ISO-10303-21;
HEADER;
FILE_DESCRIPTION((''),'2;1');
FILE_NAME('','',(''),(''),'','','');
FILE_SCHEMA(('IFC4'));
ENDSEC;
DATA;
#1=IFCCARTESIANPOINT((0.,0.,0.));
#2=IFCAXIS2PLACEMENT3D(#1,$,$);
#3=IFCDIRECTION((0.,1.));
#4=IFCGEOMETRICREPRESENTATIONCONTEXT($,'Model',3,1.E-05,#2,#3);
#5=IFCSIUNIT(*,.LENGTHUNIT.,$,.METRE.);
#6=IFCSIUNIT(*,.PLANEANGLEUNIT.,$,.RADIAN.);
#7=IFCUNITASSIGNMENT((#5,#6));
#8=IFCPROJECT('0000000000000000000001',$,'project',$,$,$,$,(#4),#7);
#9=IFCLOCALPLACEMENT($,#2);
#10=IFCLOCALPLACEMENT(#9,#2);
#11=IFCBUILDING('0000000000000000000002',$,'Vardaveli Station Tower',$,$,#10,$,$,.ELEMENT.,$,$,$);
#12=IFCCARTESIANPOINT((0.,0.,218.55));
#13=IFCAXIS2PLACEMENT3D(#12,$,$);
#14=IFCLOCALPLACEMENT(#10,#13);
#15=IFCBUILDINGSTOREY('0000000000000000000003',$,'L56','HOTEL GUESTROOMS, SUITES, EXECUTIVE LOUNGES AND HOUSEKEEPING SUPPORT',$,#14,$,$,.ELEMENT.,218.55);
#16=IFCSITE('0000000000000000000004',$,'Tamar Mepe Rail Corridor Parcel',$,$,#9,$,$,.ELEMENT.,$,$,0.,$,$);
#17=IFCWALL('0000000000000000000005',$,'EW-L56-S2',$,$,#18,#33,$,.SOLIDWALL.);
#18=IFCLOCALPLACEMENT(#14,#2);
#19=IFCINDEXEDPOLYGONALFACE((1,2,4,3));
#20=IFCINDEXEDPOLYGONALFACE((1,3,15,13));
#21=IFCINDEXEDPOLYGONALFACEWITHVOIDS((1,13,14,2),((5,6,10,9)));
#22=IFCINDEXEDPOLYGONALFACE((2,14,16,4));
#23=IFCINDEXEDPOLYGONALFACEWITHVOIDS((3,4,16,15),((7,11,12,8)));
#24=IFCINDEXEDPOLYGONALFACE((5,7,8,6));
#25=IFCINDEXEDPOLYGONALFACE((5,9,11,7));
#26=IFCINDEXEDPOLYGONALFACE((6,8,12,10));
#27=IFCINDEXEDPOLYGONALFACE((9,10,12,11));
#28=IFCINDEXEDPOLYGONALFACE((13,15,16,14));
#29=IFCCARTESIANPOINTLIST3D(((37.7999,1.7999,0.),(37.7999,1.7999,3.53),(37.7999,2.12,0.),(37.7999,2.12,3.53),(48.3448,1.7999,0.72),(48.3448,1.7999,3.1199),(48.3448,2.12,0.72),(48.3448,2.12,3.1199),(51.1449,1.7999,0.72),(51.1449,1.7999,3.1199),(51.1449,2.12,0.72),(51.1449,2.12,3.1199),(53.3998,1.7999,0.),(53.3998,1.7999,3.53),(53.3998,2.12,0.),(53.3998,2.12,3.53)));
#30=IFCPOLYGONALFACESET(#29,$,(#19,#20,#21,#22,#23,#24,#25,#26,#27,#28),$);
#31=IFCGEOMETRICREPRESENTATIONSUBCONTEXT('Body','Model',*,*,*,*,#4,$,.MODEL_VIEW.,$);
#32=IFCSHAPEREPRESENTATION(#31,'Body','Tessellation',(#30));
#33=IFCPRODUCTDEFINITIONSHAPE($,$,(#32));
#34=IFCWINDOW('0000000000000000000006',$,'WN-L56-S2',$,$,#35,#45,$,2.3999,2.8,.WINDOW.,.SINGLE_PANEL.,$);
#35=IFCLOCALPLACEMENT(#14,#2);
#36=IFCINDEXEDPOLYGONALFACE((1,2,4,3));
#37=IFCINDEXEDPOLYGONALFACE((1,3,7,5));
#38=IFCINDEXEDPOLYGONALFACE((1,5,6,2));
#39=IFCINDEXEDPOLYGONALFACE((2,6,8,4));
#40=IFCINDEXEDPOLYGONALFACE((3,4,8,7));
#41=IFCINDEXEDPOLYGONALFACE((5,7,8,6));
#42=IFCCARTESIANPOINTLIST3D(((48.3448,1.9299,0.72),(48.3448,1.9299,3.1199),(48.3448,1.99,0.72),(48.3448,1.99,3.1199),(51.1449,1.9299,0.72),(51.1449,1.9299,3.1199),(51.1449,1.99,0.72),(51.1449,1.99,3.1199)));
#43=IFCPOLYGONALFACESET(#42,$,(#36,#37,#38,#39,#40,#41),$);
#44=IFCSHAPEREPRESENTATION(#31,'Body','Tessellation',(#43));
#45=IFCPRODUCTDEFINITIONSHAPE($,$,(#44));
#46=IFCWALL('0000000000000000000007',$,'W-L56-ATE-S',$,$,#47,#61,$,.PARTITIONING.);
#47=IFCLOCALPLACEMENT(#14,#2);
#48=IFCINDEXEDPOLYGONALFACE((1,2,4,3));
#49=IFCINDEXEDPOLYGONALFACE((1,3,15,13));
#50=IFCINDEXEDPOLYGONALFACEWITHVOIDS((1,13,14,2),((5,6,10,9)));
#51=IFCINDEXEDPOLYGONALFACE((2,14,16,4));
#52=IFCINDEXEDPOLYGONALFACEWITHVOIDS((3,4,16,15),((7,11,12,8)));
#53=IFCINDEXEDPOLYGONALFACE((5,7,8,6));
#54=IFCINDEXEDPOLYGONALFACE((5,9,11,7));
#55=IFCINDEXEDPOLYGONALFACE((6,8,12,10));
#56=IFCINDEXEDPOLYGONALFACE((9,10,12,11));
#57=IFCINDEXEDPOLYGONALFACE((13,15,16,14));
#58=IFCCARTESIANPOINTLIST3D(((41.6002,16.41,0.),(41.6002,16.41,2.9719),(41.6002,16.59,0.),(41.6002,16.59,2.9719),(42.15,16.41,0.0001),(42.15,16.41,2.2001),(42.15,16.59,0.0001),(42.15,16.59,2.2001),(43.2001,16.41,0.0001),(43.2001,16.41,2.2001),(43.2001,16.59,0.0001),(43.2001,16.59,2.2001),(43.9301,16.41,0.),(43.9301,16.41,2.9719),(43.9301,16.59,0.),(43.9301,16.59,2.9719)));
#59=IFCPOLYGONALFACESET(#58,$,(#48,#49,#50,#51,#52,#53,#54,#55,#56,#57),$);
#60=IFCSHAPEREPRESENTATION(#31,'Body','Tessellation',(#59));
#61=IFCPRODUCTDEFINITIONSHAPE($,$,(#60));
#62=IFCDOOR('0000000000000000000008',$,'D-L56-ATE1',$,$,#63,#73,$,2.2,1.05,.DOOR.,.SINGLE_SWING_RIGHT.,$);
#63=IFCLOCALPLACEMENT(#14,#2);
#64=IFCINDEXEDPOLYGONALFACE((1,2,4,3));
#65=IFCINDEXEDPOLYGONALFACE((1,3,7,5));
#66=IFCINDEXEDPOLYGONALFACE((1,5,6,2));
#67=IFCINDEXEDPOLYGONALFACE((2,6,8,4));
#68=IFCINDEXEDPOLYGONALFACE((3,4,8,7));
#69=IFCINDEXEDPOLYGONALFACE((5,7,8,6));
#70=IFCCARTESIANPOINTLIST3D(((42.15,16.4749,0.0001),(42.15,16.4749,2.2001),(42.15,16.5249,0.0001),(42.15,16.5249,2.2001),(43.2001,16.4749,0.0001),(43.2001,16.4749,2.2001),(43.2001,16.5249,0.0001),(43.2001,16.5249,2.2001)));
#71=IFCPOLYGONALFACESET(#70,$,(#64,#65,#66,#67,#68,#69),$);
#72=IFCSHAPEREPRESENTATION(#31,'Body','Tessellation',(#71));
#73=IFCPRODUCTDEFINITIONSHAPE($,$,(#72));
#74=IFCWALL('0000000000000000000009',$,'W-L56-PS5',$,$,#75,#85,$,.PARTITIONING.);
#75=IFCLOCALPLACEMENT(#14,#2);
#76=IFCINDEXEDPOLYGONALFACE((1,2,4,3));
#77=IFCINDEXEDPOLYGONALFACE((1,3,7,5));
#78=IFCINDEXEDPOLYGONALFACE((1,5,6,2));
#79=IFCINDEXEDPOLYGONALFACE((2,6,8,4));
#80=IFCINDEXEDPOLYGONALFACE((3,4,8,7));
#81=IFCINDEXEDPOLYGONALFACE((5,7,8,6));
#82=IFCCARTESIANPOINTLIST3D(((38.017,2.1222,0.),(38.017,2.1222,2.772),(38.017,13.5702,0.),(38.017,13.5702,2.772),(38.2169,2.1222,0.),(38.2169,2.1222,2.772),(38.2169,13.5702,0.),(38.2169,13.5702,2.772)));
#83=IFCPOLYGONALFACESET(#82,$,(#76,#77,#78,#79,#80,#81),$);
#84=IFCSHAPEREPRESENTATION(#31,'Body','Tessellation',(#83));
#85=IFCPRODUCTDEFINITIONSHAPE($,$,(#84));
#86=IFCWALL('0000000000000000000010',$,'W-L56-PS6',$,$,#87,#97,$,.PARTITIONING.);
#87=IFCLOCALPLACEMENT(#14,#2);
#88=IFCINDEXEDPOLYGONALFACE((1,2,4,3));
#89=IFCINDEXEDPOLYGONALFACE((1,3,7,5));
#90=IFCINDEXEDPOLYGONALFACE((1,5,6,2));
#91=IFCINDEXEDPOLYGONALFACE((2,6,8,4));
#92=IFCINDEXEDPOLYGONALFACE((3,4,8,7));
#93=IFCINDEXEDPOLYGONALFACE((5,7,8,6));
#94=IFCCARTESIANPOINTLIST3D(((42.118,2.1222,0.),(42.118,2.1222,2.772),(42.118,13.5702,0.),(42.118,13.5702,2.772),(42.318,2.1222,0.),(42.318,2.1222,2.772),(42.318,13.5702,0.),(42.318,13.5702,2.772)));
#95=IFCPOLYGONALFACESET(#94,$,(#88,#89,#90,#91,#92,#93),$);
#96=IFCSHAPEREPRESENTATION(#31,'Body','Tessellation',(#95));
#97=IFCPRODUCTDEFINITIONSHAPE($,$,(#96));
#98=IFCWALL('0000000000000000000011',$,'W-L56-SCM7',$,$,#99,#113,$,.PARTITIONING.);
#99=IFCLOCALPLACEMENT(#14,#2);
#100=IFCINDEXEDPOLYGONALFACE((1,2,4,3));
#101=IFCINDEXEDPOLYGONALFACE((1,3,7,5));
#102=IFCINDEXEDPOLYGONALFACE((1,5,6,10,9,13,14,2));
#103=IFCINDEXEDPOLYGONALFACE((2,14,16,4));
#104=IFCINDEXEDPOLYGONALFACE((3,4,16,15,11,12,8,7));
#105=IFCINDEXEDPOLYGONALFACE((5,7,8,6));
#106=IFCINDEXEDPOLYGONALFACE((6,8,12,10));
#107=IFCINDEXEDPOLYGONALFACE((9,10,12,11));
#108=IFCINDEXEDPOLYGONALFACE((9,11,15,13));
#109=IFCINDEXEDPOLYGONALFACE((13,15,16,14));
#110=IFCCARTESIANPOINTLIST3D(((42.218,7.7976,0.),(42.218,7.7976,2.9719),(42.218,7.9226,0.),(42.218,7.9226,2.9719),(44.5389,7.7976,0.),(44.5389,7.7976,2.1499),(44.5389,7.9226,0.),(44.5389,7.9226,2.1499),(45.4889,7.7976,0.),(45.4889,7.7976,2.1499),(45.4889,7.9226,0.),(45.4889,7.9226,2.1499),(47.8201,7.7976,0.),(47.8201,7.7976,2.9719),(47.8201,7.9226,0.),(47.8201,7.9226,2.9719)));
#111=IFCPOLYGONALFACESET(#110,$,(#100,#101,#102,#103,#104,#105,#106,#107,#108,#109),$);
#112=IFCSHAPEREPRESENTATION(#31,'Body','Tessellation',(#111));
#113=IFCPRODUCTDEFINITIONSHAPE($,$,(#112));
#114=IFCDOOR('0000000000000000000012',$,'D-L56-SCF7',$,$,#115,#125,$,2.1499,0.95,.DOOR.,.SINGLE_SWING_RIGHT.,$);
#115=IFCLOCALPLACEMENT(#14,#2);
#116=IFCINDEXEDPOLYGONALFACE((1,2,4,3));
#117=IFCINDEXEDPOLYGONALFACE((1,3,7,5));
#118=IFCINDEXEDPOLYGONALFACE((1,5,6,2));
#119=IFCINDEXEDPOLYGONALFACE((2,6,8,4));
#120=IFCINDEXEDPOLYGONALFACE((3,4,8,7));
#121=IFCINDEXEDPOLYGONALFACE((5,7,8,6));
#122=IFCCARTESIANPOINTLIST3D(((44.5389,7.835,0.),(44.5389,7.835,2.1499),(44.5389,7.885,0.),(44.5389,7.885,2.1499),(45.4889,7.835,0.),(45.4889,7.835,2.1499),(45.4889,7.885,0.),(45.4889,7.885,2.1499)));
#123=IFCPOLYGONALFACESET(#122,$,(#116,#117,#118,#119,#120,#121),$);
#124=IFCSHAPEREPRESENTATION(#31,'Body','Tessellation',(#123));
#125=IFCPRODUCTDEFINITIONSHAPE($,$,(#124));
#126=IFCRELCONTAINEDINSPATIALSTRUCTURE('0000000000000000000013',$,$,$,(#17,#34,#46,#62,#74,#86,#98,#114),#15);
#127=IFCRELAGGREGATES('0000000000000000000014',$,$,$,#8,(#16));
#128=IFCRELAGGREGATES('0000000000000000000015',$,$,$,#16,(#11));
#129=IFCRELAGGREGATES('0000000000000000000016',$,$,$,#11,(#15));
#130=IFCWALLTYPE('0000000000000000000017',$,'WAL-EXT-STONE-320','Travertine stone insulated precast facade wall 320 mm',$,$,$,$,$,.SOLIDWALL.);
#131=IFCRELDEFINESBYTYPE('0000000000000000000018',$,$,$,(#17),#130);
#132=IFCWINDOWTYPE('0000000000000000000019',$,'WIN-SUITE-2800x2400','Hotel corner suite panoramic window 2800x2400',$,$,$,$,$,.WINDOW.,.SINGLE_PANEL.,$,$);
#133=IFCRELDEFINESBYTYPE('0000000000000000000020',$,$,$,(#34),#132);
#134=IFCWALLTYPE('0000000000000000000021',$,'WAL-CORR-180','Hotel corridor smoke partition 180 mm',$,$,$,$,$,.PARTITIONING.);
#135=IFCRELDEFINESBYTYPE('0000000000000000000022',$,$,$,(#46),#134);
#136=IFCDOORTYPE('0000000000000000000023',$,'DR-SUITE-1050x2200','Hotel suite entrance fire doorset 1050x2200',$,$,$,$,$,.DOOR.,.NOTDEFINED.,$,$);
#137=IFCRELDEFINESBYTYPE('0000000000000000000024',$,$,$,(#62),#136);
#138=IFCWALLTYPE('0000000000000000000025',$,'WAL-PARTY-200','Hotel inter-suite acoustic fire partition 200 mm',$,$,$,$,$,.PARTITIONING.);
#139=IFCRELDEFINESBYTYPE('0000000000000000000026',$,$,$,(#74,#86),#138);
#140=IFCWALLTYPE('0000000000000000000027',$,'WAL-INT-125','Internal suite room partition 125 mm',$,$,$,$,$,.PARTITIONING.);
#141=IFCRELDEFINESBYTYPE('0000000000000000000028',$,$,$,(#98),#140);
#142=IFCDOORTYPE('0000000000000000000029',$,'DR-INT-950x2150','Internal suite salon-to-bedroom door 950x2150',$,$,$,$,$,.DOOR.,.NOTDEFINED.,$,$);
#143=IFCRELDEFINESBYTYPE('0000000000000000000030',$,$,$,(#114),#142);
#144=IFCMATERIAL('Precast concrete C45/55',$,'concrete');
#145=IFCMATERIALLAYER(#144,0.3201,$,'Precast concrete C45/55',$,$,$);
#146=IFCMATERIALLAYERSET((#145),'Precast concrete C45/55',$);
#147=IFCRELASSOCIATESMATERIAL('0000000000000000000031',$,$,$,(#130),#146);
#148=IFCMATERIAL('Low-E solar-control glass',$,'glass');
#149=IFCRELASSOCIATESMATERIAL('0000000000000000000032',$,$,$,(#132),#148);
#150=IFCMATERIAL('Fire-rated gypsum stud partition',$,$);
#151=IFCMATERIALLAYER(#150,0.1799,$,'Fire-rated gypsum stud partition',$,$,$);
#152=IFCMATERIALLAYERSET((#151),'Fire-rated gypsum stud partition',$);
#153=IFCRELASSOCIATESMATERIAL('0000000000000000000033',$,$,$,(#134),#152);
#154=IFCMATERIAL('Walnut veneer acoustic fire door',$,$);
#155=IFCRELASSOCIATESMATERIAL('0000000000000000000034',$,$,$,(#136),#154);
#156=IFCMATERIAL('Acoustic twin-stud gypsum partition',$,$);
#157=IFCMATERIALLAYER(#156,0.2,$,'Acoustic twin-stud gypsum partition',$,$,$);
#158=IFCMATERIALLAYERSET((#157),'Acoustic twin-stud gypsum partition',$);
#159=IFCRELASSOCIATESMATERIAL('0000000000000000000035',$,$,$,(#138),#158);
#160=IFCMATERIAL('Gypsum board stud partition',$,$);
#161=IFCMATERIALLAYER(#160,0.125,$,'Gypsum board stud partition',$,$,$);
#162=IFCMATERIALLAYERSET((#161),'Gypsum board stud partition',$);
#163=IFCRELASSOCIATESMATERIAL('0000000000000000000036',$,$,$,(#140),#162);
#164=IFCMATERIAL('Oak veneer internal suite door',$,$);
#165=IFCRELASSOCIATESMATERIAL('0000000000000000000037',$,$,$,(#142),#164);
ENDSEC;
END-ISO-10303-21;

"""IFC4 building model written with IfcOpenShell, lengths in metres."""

from ifc_helpers import new_model, si_unit, direction, frame, frame_2d, origin, place, context, subcontext, project, spatial, rectangle, extrude, source, transform, mapped, material, layer, layer_set, type_object, element, fill, save


model = new_model("IFC4")

# Units and contexts
model_context = context("Model", 3, precision=1e-05, world=origin(), true_north=direction((0.0, 1.0)))
body_context = subcontext(model_context, "Body", "Model", "MODEL_VIEW")
ifc_project = project(units=[si_unit("LENGTHUNIT", "METRE"), si_unit("PLANEANGLEUNIT", "RADIAN")], contexts=[model_context])

# Site, building, storey
site_placement = place(None, origin())
site = spatial("IfcSite", under=ifc_project, at=site_placement, Name="Tamar Mepe Rail Corridor Parcel", CompositionType="ELEMENT", RefElevation=0.0)
building_placement = place(site_placement, origin())
building = spatial("IfcBuilding", under=site, at=building_placement, Name="Vardaveli Station Tower", CompositionType="ELEMENT")
storey_placement = place(building_placement, frame((0.0, 0.0, 218.55)))
storey = spatial("IfcBuildingStorey", under=building, at=storey_placement, Name="L56", Description="HOTEL GUESTROOMS, SUITES, EXECUTIVE LOUNGES AND HOUSEKEEPING SUPPORT", CompositionType="ELEMENT", Elevation=218.55)

# Shared definitions
ifc_material_1 = material(Name="Precast concrete C45/55", Category="concrete")

# Wall, opening, window
ifc_layer_1 = layer(ifc_material_1, 0.3201, Name="Precast concrete C45/55")
ifc_layer_set_1 = layer_set([ifc_layer_1], Name="Precast concrete C45/55")
wall_type_1 = type_object("IfcWallType", Name="WAL-EXT-STONE-320", Description="Travertine stone insulated precast facade wall 320 mm", PredefinedType="SOLIDWALL", material=ifc_layer_set_1)
shared_shape_1 = source(origin(), body_context, "Body", "SweptSolid", [
    extrude(rectangle(XDim=15.5999, YDim=0.3201, at=frame_2d((7.7998, 0.0))), origin(), (0.0, 0.0, 1.0), 3.53),
])
wall_1_placement = place(storey_placement, frame((37.8, 1.96, 0.0), z_axis=(0.0, 0.0, 1.0), x_axis=(1.0, 0.0, 0.0)))
wall_1 = element("IfcWall", 1, at=wall_1_placement, inside=storey, type_object=wall_type_1, Name="EW-L56-S2", PredefinedType="SOLIDWALL", context=body_context, shape_type="MappedRepresentation", body=[
    mapped(shared_shape_1, transform((0.0, 0.0, 0.0), scale=1.0)),
])
shared_shape_2 = source(origin(), body_context, "Body", "SweptSolid", [
    extrude(rectangle(XDim=2.8, YDim=2.3999, at=frame_2d((1.3999, 1.2))), frame((0.0, 0.1699, 0.0), z_axis=(0.0, -1.0, 0.0), x_axis=(1.0, 0.0, 0.0)), (0.0, 0.0, 1.0), 0.3401),
])
opening_1_placement = place(wall_1_placement, frame((10.5449, 0.0, 0.72)))
opening_1 = element("IfcOpeningElement", 2, at=opening_1_placement, cuts=wall_1, PredefinedType="OPENING", context=body_context, shape_type="MappedRepresentation", body=[
    mapped(shared_shape_2, transform((0.0, 0.0, 0.0), scale=1.0)),
])
ifc_material_2 = material(Name="Low-E solar-control glass", Category="glass")
window_type = type_object("IfcWindowType", Name="WIN-SUITE-2800x2400", Description="Hotel corner suite panoramic window 2800x2400", PartitioningType="SINGLE_PANEL", PredefinedType="WINDOW", material=ifc_material_2)
shared_shape_3 = source(origin(), body_context, "Body", "SweptSolid", [
    extrude(rectangle(XDim=2.8, YDim=2.3999, at=frame_2d((1.3999, 1.2))), frame((0.0, 0.03, 0.0), z_axis=(0.0, -1.0, 0.0), x_axis=(1.0, 0.0, 0.0)), (0.0, 0.0, 1.0), 0.0601),
])
window_placement = place(opening_1_placement, origin())
window = element("IfcWindow", 3, at=window_placement, inside=storey, type_object=window_type, Name="WN-L56-S2", OverallHeight=2.3999, OverallWidth=2.8, PartitioningType="SINGLE_PANEL", PredefinedType="WINDOW", context=body_context, shape_type="MappedRepresentation", body=[
    mapped(shared_shape_3, transform((0.0, 0.0, 0.0), scale=1.0)),
])
fill(opening_1, window)

# Wall, opening, door
ifc_material_3 = material(Name="Fire-rated gypsum stud partition")
ifc_layer_2 = layer(ifc_material_3, 0.1799, Name="Fire-rated gypsum stud partition")
ifc_layer_set_2 = layer_set([ifc_layer_2], Name="Fire-rated gypsum stud partition")
wall_type_2 = type_object("IfcWallType", Name="WAL-CORR-180", Description="Hotel corridor smoke partition 180 mm", PredefinedType="PARTITIONING", material=ifc_layer_set_2)
shared_shape_4 = source(origin(), body_context, "Body", "SweptSolid", [
    extrude(rectangle(XDim=2.3298, YDim=0.1799, at=frame_2d((1.165, 0.0))), origin(), (0.0, 0.0, 1.0), 2.9719),
])
wall_2_placement = place(storey_placement, frame((41.6001, 16.5, 0.0), z_axis=(0.0, 0.0, 1.0), x_axis=(1.0, 0.0, 0.0)))
wall_2 = element("IfcWall", 4, at=wall_2_placement, inside=storey, type_object=wall_type_2, Name="W-L56-ATE-S", PredefinedType="PARTITIONING", context=body_context, shape_type="MappedRepresentation", body=[
    mapped(shared_shape_4, transform((0.0, 0.0, 0.0), scale=1.0)),
])
shared_shape_5 = source(origin(), body_context, "Body", "SweptSolid", [
    extrude(rectangle(XDim=1.05, YDim=2.2, at=frame_2d((0.5249, 1.1001))), frame((0.0, 0.1001, 0.0), z_axis=(0.0, -1.0, 0.0), x_axis=(1.0, 0.0, 0.0)), (0.0, 0.0, 1.0), 0.2),
])
opening_2_placement = place(wall_2_placement, frame((0.55, 0.0, 0.0)))
opening_2 = element("IfcOpeningElement", 5, at=opening_2_placement, cuts=wall_2, PredefinedType="OPENING", context=body_context, shape_type="MappedRepresentation", body=[
    mapped(shared_shape_5, transform((0.0, 0.0, 0.0), scale=1.0)),
])
ifc_material_4 = material(Name="Walnut veneer acoustic fire door")
door_type_1 = type_object("IfcDoorType", Name="DR-SUITE-1050x2200", Description="Hotel suite entrance fire doorset 1050x2200", OperationType="NOTDEFINED", PredefinedType="DOOR", material=ifc_material_4)
shared_shape_6 = source(origin(), body_context, "Body", "SweptSolid", [
    extrude(rectangle(XDim=1.05, YDim=2.2, at=frame_2d((0.5249, 1.1001))), frame((0.0, 0.0249, 0.0), z_axis=(0.0, -1.0, 0.0), x_axis=(1.0, 0.0, 0.0)), (0.0, 0.0, 1.0), 0.05),
])
door_1_placement = place(opening_2_placement, origin())
door_1 = element("IfcDoor", 6, at=door_1_placement, inside=storey, type_object=door_type_1, Name="D-L56-ATE1", OperationType="SINGLE_SWING_RIGHT", OverallHeight=2.2, OverallWidth=1.05, PredefinedType="DOOR", context=body_context, shape_type="MappedRepresentation", body=[
    mapped(shared_shape_6, transform((0.0, 0.0, 0.0), scale=1.0)),
])
fill(opening_2, door_1)

# Walls
ifc_material_5 = material(Name="Acoustic twin-stud gypsum partition")
ifc_layer_3 = layer(ifc_material_5, 0.2, Name="Acoustic twin-stud gypsum partition")
ifc_layer_set_3 = layer_set([ifc_layer_3], Name="Acoustic twin-stud gypsum partition")
wall_type_3 = type_object("IfcWallType", Name="WAL-PARTY-200", Description="Hotel inter-suite acoustic fire partition 200 mm", PredefinedType="PARTITIONING", material=ifc_layer_set_3)
shared_shape_7 = source(origin(), body_context, "Body", "SweptSolid", [
    extrude(rectangle(XDim=11.448, YDim=0.2, at=frame_2d((5.7241, 0.0))), origin(), (0.0, 0.0, 1.0), 2.772),
])
for number, where, z_axis, x_axis, name in (
    (7, (38.1169, 2.1221, 0.0), (0.0, 0.0, 1.0), (0.0, 1.0, 0.0), "W-L56-PS5"),
    (8, (42.218, 2.1221, 0.0), (0.0, 0.0, 1.0), (0.0, 1.0, 0.0), "W-L56-PS6"),
):
    element("IfcWall", number, at=place(storey_placement, frame(where, z_axis=z_axis, x_axis=x_axis)), inside=storey, type_object=wall_type_3, Name=name, PredefinedType="PARTITIONING", context=body_context, shape_type="MappedRepresentation", body=[
        mapped(shared_shape_7, transform((0.0, 0.0, 0.0), scale=1.0)),
    ])

# Wall, opening, door
ifc_material_6 = material(Name="Gypsum board stud partition")
ifc_layer_4 = layer(ifc_material_6, 0.125, Name="Gypsum board stud partition")
ifc_layer_set_4 = layer_set([ifc_layer_4], Name="Gypsum board stud partition")
wall_type_4 = type_object("IfcWallType", Name="WAL-INT-125", Description="Internal suite room partition 125 mm", PredefinedType="PARTITIONING", material=ifc_layer_set_4)
shared_shape_8 = source(origin(), body_context, "Body", "SweptSolid", [
    extrude(rectangle(XDim=5.6021, YDim=0.125, at=frame_2d((2.801, 0.0))), origin(), (0.0, 0.0, 1.0), 2.9719),
])
wall_3_placement = place(storey_placement, frame((42.218, 7.8601, 0.0), z_axis=(0.0, 0.0, 1.0), x_axis=(1.0, 0.0, 0.0)))
wall_3 = element("IfcWall", 9, at=wall_3_placement, inside=storey, type_object=wall_type_4, Name="W-L56-SCM7", PredefinedType="PARTITIONING", context=body_context, shape_type="MappedRepresentation", body=[
    mapped(shared_shape_8, transform((0.0, 0.0, 0.0), scale=1.0)),
])
shared_shape_9 = source(origin(), body_context, "Body", "SweptSolid", [
    extrude(rectangle(XDim=0.95, YDim=2.1499, at=frame_2d((0.4751, 1.075))), frame((0.0, 0.0725, 0.0), z_axis=(0.0, -1.0, 0.0), x_axis=(1.0, 0.0, 0.0)), (0.0, 0.0, 1.0), 0.145),
])
opening_3_placement = place(wall_3_placement, frame((2.3208, 0.0, 0.0)))
opening_3 = element("IfcOpeningElement", 10, at=opening_3_placement, cuts=wall_3, PredefinedType="OPENING", context=body_context, shape_type="MappedRepresentation", body=[
    mapped(shared_shape_9, transform((0.0, 0.0, 0.0), scale=1.0)),
])
ifc_material_7 = material(Name="Oak veneer internal suite door")
door_type_2 = type_object("IfcDoorType", Name="DR-INT-950x2150", Description="Internal suite salon-to-bedroom door 950x2150", OperationType="NOTDEFINED", PredefinedType="DOOR", material=ifc_material_7)
shared_shape_10 = source(origin(), body_context, "Body", "SweptSolid", [
    extrude(rectangle(XDim=0.95, YDim=2.1499, at=frame_2d((0.4751, 1.075))), frame((0.0, 0.0249, 0.0), z_axis=(0.0, -1.0, 0.0), x_axis=(1.0, 0.0, 0.0)), (0.0, 0.0, 1.0), 0.05),
])
door_2_placement = place(opening_3_placement, origin())
door_2 = element("IfcDoor", 11, at=door_2_placement, inside=storey, type_object=door_type_2, Name="D-L56-SCF7", OperationType="SINGLE_SWING_RIGHT", OverallHeight=2.1499, OverallWidth=0.95, PredefinedType="DOOR", context=body_context, shape_type="MappedRepresentation", body=[
    mapped(shared_shape_10, transform((0.0, 0.0, 0.0), scale=1.0)),
])
fill(opening_3, door_2)

save(model, "model.ifc")
